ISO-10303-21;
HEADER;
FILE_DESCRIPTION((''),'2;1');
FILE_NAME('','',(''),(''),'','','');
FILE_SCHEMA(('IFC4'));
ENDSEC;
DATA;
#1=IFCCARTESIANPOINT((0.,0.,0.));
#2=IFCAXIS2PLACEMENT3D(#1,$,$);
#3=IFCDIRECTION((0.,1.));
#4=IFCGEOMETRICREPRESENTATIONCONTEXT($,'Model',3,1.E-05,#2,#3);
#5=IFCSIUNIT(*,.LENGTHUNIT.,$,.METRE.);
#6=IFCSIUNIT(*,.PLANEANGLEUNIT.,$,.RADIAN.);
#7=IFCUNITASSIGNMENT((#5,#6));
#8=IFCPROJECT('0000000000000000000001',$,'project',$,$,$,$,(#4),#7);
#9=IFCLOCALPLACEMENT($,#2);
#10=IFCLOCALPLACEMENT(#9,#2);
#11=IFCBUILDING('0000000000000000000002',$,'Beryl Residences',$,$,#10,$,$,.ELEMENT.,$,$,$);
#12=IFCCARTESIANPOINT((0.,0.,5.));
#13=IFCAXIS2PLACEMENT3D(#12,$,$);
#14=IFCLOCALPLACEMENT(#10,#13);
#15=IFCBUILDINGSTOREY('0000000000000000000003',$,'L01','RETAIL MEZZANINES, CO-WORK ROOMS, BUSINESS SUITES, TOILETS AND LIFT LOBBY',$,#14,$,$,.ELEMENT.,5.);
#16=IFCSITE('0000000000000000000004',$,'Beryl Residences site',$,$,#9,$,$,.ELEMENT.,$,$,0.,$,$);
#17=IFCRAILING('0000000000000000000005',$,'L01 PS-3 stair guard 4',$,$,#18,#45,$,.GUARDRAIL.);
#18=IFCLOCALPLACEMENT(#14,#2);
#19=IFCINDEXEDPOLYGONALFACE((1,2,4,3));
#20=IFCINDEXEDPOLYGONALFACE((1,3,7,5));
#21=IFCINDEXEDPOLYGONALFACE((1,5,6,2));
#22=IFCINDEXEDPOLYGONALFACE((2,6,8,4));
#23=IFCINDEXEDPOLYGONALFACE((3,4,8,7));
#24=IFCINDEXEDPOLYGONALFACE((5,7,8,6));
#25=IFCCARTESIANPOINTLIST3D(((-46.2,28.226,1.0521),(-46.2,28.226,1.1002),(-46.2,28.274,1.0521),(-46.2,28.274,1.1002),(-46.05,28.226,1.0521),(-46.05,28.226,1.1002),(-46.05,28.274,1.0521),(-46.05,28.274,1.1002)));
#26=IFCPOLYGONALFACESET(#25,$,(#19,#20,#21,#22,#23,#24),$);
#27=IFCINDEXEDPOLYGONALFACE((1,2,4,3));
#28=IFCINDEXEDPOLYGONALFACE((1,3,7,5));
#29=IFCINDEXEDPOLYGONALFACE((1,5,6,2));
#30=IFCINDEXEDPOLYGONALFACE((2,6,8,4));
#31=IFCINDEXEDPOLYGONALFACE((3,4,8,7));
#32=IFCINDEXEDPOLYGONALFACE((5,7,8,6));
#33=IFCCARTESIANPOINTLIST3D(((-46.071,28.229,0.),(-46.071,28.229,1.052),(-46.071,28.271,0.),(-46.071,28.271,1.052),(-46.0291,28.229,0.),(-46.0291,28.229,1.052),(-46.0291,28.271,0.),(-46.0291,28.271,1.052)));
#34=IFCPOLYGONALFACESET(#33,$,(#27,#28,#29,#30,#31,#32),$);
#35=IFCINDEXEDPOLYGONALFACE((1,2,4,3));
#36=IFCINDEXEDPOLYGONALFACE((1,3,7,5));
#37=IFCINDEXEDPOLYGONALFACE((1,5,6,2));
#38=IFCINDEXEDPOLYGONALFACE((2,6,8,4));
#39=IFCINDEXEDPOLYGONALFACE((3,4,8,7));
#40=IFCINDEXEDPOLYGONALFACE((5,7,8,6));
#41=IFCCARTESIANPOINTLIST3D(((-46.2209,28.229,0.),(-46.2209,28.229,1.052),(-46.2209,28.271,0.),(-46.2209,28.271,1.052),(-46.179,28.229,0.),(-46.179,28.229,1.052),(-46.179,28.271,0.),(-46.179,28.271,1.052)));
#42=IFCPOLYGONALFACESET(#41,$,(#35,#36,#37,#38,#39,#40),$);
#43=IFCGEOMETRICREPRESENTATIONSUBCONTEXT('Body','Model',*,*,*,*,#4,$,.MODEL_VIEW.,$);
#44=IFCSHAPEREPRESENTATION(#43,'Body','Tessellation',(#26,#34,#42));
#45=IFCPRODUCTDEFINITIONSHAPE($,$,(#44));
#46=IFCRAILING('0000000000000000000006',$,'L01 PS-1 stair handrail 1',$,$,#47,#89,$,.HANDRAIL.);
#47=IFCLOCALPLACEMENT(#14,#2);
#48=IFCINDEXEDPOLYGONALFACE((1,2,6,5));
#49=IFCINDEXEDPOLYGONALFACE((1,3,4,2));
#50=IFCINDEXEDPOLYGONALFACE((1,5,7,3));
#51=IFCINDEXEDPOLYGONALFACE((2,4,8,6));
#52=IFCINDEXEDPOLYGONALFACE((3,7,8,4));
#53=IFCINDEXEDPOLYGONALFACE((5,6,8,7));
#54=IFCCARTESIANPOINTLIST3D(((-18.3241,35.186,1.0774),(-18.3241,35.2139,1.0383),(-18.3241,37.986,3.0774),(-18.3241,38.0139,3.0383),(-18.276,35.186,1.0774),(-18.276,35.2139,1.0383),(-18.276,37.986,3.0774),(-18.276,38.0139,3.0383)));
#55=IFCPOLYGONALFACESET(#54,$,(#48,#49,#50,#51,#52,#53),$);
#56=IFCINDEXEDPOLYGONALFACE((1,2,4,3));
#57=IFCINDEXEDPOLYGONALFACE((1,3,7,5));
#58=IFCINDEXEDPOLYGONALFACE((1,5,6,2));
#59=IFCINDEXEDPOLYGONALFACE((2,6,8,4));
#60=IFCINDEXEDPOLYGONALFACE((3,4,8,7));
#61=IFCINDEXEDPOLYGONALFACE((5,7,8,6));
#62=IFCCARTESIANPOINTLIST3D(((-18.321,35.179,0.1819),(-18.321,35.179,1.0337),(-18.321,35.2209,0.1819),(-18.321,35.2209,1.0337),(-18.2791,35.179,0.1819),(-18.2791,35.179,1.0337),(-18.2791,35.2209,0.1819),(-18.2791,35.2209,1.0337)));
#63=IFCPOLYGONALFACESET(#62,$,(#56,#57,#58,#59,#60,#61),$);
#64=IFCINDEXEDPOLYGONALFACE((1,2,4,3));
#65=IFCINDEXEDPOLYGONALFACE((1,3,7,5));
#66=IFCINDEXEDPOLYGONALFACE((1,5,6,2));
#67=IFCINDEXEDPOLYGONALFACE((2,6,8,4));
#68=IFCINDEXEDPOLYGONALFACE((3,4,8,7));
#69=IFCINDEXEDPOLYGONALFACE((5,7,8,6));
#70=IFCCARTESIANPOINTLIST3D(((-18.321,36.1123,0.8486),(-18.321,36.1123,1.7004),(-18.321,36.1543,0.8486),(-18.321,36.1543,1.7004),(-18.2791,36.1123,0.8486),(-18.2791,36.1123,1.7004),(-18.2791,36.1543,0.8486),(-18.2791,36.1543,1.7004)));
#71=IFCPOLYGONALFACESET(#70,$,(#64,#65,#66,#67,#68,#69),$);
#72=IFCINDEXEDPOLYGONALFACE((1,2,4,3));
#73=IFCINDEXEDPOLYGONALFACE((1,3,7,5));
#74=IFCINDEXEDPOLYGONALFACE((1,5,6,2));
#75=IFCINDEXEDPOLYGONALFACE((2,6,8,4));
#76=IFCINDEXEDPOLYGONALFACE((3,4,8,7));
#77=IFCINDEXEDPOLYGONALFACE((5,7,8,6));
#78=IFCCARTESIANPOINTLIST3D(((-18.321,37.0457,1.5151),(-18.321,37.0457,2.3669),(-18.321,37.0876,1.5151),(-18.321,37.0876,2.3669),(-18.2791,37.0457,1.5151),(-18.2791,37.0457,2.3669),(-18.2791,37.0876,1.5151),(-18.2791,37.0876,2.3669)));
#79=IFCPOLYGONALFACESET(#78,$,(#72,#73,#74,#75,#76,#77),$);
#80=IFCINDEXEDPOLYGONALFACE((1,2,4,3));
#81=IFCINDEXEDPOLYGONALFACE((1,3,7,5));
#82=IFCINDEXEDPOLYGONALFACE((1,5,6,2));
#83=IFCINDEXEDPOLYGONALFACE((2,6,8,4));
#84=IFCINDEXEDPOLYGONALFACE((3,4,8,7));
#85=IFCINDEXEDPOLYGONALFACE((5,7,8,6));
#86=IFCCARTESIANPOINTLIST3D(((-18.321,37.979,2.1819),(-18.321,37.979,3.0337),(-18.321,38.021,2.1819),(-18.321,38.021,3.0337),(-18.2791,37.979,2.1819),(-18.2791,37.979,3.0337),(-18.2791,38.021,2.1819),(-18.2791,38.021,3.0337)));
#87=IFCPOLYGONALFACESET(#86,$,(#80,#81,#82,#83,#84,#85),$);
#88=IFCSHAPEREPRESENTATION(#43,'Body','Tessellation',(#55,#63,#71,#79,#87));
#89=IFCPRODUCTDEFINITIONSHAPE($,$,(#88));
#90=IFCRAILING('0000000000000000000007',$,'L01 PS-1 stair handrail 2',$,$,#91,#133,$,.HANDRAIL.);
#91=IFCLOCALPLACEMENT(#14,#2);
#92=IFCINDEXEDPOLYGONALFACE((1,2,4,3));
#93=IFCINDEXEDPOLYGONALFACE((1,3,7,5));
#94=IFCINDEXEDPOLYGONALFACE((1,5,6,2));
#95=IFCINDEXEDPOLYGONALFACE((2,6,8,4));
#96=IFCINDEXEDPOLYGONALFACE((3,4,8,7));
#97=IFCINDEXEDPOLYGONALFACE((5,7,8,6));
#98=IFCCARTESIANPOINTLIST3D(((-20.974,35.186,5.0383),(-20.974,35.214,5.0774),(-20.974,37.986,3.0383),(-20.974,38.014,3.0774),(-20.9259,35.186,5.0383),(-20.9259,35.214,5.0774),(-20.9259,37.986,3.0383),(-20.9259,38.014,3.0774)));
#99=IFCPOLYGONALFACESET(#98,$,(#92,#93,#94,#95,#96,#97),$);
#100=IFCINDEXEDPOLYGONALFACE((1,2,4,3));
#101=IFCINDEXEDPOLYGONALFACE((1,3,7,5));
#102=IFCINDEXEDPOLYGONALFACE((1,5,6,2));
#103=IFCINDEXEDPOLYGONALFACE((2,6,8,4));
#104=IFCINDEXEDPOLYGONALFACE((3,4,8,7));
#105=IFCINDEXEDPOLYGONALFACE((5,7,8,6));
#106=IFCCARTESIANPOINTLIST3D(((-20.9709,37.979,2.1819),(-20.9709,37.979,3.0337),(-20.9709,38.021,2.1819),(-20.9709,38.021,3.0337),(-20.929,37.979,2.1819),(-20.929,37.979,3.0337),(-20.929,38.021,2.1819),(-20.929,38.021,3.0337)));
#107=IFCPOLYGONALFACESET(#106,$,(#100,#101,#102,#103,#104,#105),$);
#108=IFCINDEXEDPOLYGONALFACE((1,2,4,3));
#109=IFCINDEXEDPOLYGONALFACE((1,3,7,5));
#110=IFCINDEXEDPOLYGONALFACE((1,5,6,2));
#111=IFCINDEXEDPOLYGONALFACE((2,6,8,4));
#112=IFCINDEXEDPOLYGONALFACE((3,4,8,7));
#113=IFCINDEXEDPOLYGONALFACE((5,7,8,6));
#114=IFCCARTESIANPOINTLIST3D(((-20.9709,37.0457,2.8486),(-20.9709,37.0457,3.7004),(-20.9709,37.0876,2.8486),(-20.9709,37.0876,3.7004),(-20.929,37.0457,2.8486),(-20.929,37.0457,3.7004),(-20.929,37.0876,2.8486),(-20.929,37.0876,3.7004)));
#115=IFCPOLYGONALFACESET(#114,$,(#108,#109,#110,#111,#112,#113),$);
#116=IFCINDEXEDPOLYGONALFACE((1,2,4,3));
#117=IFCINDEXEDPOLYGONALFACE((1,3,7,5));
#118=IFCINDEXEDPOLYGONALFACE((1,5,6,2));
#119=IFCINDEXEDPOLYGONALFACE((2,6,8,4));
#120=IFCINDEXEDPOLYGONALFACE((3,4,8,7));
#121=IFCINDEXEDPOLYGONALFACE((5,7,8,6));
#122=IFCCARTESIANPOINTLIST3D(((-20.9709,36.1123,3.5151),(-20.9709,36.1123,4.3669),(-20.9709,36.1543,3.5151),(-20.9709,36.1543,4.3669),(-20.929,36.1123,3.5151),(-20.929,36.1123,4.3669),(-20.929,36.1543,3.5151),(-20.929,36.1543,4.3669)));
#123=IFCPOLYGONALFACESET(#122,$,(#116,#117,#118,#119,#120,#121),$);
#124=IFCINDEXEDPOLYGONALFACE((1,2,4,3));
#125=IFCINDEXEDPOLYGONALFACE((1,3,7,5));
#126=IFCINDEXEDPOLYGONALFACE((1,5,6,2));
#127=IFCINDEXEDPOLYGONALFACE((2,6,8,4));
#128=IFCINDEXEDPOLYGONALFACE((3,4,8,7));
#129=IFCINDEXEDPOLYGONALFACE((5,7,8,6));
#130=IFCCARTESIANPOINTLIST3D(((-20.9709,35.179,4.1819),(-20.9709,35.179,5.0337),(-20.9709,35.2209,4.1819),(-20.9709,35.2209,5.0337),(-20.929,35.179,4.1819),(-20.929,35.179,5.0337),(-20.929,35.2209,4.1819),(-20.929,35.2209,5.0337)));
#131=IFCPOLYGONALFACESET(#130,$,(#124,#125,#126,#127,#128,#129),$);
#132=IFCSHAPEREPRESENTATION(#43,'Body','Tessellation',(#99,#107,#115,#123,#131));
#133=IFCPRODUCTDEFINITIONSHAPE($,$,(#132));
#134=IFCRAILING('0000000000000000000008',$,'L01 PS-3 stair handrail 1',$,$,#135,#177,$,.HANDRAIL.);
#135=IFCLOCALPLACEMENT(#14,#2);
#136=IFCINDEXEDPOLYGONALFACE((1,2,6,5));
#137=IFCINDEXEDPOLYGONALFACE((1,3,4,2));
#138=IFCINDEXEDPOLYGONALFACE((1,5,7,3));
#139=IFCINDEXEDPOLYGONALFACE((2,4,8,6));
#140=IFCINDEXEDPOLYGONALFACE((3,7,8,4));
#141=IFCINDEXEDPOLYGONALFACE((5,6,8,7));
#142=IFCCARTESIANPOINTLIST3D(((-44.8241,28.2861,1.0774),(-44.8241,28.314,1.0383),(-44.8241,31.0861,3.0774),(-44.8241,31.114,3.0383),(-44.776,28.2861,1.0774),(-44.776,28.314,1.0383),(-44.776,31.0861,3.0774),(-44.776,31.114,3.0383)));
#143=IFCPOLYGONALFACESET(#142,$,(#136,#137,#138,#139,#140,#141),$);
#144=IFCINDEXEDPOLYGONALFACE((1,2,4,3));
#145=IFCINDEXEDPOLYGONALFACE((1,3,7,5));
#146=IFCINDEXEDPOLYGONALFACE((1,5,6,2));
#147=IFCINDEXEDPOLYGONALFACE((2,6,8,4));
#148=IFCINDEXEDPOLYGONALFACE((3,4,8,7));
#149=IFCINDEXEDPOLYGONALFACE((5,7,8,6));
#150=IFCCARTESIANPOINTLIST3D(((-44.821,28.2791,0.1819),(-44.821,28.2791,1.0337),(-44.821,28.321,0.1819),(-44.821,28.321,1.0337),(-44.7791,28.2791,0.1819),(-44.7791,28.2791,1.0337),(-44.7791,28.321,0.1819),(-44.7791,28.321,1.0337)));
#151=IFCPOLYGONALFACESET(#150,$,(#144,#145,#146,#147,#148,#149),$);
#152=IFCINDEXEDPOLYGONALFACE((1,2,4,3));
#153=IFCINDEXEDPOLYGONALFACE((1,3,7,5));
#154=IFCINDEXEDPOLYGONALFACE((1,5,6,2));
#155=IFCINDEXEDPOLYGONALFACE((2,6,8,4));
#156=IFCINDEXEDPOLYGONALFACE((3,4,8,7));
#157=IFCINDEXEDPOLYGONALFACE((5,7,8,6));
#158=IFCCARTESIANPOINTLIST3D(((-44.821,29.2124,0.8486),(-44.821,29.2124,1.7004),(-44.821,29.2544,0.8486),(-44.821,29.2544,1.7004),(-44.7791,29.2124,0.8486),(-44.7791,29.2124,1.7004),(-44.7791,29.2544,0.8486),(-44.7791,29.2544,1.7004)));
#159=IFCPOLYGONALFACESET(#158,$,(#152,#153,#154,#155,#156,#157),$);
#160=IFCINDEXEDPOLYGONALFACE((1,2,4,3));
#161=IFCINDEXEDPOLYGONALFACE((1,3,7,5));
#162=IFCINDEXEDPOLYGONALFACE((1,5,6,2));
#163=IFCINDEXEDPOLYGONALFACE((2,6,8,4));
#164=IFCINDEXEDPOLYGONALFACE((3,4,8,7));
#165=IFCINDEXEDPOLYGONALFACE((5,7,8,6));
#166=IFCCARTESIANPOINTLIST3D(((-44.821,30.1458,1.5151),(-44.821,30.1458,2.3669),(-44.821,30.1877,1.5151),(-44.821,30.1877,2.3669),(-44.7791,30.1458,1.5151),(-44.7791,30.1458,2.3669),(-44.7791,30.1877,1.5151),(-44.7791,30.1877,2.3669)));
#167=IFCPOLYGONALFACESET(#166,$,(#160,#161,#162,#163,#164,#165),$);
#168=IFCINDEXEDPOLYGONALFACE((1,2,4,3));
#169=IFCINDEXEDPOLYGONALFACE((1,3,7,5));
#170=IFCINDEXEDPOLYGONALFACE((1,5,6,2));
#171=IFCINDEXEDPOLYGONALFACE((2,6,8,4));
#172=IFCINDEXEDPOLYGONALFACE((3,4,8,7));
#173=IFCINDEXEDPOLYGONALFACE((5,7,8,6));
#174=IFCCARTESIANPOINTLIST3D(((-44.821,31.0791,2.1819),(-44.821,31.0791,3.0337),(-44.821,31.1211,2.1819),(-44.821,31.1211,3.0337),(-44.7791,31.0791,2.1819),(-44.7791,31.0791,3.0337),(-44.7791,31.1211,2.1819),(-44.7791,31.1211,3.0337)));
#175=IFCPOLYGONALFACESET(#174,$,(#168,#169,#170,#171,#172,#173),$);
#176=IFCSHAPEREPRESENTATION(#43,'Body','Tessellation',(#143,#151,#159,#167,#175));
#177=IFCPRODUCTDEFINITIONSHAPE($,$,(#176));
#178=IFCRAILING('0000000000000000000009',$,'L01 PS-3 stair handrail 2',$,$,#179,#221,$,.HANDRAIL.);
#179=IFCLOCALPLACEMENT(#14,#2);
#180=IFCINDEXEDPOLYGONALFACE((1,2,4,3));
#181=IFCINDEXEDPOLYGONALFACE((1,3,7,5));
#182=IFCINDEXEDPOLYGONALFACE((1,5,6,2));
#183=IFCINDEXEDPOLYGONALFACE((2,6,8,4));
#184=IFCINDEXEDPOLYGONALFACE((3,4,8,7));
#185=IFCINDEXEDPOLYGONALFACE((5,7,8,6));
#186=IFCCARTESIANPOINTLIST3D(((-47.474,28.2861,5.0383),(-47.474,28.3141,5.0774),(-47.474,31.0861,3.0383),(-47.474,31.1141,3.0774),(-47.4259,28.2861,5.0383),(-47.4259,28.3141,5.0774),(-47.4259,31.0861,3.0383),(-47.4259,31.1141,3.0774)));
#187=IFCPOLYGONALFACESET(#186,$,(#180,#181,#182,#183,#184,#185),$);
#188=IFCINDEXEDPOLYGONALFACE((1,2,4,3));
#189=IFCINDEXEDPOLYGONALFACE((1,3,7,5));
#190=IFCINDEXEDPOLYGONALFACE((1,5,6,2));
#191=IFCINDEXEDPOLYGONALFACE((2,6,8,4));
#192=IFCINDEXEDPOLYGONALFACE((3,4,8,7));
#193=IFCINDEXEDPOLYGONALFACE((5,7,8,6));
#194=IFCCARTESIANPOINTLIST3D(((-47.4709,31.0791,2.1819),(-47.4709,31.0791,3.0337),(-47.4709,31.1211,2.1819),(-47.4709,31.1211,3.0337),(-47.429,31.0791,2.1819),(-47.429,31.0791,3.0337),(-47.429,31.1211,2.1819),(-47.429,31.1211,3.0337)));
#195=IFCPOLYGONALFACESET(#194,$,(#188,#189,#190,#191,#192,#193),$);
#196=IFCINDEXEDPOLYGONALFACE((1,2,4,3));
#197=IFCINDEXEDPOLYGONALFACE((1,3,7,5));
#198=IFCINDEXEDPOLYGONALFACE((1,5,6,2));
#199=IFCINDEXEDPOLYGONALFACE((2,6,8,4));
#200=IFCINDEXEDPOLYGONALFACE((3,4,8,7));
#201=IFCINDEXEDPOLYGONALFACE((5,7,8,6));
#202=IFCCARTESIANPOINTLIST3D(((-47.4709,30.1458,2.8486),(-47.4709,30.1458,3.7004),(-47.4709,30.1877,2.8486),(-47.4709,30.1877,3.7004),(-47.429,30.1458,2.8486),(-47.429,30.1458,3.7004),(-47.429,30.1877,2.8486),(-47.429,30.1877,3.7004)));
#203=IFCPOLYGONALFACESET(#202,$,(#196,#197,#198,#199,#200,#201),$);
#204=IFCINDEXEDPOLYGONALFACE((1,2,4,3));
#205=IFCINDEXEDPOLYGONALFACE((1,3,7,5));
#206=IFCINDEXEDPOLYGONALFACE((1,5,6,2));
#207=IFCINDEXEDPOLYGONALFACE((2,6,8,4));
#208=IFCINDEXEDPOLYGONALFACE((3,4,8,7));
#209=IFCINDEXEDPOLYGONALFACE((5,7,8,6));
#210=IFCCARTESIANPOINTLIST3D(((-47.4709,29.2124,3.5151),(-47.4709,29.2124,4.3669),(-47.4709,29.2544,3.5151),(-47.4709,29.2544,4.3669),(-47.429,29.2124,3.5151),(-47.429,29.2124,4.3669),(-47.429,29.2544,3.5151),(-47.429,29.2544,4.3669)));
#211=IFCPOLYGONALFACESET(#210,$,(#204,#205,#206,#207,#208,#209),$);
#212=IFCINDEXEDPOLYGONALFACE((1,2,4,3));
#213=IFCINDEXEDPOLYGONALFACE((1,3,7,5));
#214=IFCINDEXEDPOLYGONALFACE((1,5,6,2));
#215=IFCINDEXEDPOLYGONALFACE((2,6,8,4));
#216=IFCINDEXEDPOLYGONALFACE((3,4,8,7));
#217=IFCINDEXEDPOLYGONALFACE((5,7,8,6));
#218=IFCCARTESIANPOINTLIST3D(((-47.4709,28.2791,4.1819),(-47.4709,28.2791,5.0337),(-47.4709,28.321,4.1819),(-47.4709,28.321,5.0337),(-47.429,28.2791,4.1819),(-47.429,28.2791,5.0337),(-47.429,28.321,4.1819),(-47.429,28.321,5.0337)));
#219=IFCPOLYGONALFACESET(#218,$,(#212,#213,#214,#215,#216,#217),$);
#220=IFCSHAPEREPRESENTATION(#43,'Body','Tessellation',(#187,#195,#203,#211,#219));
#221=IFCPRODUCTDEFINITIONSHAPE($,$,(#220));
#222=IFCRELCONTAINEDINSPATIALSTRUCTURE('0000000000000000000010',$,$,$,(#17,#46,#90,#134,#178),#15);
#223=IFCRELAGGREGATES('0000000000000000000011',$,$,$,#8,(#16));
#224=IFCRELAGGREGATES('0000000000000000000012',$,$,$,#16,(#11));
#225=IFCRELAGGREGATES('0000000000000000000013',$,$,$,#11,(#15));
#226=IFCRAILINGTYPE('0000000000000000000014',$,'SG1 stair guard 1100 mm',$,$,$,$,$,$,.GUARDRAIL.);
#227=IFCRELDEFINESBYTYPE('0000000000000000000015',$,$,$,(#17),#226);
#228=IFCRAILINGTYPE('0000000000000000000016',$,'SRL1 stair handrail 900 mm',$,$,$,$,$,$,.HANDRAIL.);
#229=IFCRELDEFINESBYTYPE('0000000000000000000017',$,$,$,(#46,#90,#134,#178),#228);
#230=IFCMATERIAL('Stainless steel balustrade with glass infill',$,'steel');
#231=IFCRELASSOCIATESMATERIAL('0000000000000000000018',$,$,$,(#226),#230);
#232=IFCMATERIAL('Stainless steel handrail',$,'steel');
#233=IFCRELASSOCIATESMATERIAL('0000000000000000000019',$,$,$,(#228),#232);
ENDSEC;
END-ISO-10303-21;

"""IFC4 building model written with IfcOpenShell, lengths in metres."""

from ifc_helpers import new_model, si_unit, direction, frame, origin, origin_2d, place, context, subcontext, project, spatial, rectangle, extrude, material, type_object, element, save


model = new_model("IFC4")

# Units and contexts
model_context = context("Model", 3, precision=1e-05, world=origin(), true_north=direction((0.0, 1.0)))
body_context = subcontext(model_context, "Body", "Model", "MODEL_VIEW")
ifc_project = project(units=[si_unit("LENGTHUNIT", "METRE"), si_unit("PLANEANGLEUNIT", "RADIAN")], contexts=[model_context])

# Site, building, storey
site_placement = place(None, origin())
site = spatial("IfcSite", under=ifc_project, at=site_placement, Name="Beryl Residences site", CompositionType="ELEMENT", RefElevation=0.0)
building_placement = place(site_placement, origin())
building = spatial("IfcBuilding", under=site, at=building_placement, Name="Beryl Residences", CompositionType="ELEMENT")
storey_placement = place(building_placement, frame((0.0, 0.0, 5.0)))
storey = spatial("IfcBuildingStorey", under=building, at=storey_placement, Name="L01", Description="RETAIL MEZZANINES, CO-WORK ROOMS, BUSINESS SUITES, TOILETS AND LIFT LOBBY", CompositionType="ELEMENT", Elevation=5.0)

# Railings
ifc_material_1 = material(Name="Stainless steel balustrade with glass infill", Category="steel")
railing_type_1 = type_object("IfcRailingType", Name="SG1 stair guard 1100 mm", PredefinedType="GUARDRAIL", material=ifc_material_1)
railing_1_placement = place(storey_placement, frame((-46.05, 28.25, 0.0)))
element("IfcRailing", 1, at=railing_1_placement, inside=storey, type_object=railing_type_1, Name="L01 PS-3 stair guard 4", PredefinedType="GUARDRAIL", context=body_context, shape_type="SweptSolid", body=[
    extrude(rectangle(XDim=0.0481, YDim=0.0481, at=origin_2d()), frame((0.0, 0.0, 1.0762), z_axis=(-1.0, 0.0, 0.0), x_axis=(0.0, -1.0, 0.0)), (0.0, 0.0, 1.0), 0.1499),
    extrude(rectangle(XDim=0.042, YDim=0.042, at=origin_2d()), origin(), (0.0, 0.0, 1.0), 1.052),
    extrude(rectangle(XDim=0.042, YDim=0.042, at=origin_2d()), frame((-0.1499, 0.0, 0.0)), (0.0, 0.0, 1.0), 1.052),
])
ifc_material_2 = material(Name="Stainless steel handrail", Category="steel")
railing_type_2 = type_object("IfcRailingType", Name="SRL1 stair handrail 900 mm", PredefinedType="HANDRAIL", material=ifc_material_2)
railing_2_placement = place(storey_placement, frame((-18.3, 35.2, 0.1819)))
element("IfcRailing", 2, at=railing_2_placement, inside=storey, type_object=railing_type_2, Name="L01 PS-1 stair handrail 1", PredefinedType="HANDRAIL", context=body_context, shape_type="SweptSolid", body=[
    extrude(rectangle(XDim=0.0481, YDim=0.0481, at=origin_2d()), frame((0.0, 0.0, 0.876), z_axis=(0.0, 0.813738, 0.581231), x_axis=(-1.0, 0.0, 0.0)), (0.0, 0.0, 1.0), 3.4409),
    extrude(rectangle(XDim=0.042, YDim=0.042, at=origin_2d()), origin(), (0.0, 0.0, 1.0), 0.8518),
    extrude(rectangle(XDim=0.042, YDim=0.042, at=origin_2d()), frame((0.0, 0.9333, 0.6667)), (0.0, 0.0, 1.0), 0.8518),
    extrude(rectangle(XDim=0.042, YDim=0.042, at=origin_2d()), frame((0.0, 1.8667, 1.3333)), (0.0, 0.0, 1.0), 0.8518),
    extrude(rectangle(XDim=0.042, YDim=0.042, at=origin_2d()), frame((0.0, 2.8, 2.0)), (0.0, 0.0, 1.0), 0.8518),
])
railing_3_placement = place(storey_placement, frame((-20.95, 38.0, 2.1819)))
element("IfcRailing", 3, at=railing_3_placement, inside=storey, type_object=railing_type_2, Name="L01 PS-1 stair handrail 2", PredefinedType="HANDRAIL", context=body_context, shape_type="SweptSolid", body=[
    extrude(rectangle(XDim=0.0481, YDim=0.0481, at=origin_2d()), frame((0.0, 0.0, 0.876), z_axis=(0.0, -0.813738, 0.581231), x_axis=(1.0, 0.0, 0.0)), (0.0, 0.0, 1.0), 3.4409),
    extrude(rectangle(XDim=0.042, YDim=0.042, at=origin_2d()), origin(), (0.0, 0.0, 1.0), 0.8518),
    extrude(rectangle(XDim=0.042, YDim=0.042, at=origin_2d()), frame((0.0, -0.9333, 0.6667)), (0.0, 0.0, 1.0), 0.8518),
    extrude(rectangle(XDim=0.042, YDim=0.042, at=origin_2d()), frame((0.0, -1.8667, 1.3333)), (0.0, 0.0, 1.0), 0.8518),
    extrude(rectangle(XDim=0.042, YDim=0.042, at=origin_2d()), frame((0.0, -2.8, 2.0)), (0.0, 0.0, 1.0), 0.8518),
])
railing_4_placement = place(storey_placement, frame((-44.8, 28.3, 0.1819)))
element("IfcRailing", 4, at=railing_4_placement, inside=storey, type_object=railing_type_2, Name="L01 PS-3 stair handrail 1", PredefinedType="HANDRAIL", context=body_context, shape_type="SweptSolid", body=[
    extrude(rectangle(XDim=0.0481, YDim=0.0481, at=origin_2d()), frame((0.0, 0.0, 0.876), z_axis=(0.0, 0.813738, 0.581231), x_axis=(-1.0, 0.0, 0.0)), (0.0, 0.0, 1.0), 3.4409),
    extrude(rectangle(XDim=0.042, YDim=0.042, at=origin_2d()), origin(), (0.0, 0.0, 1.0), 0.8518),
    extrude(rectangle(XDim=0.042, YDim=0.042, at=origin_2d()), frame((0.0, 0.9333, 0.6667)), (0.0, 0.0, 1.0), 0.8518),
    extrude(rectangle(XDim=0.042, YDim=0.042, at=origin_2d()), frame((0.0, 1.8667, 1.3333)), (0.0, 0.0, 1.0), 0.8518),
    extrude(rectangle(XDim=0.042, YDim=0.042, at=origin_2d()), frame((0.0, 2.8, 2.0)), (0.0, 0.0, 1.0), 0.8518),
])
railing_5_placement = place(storey_placement, frame((-47.45, 31.1001, 2.1819)))
element("IfcRailing", 5, at=railing_5_placement, inside=storey, type_object=railing_type_2, Name="L01 PS-3 stair handrail 2", PredefinedType="HANDRAIL", context=body_context, shape_type="SweptSolid", body=[
    extrude(rectangle(XDim=0.0481, YDim=0.0481, at=origin_2d()), frame((0.0, 0.0, 0.876), z_axis=(0.0, -0.813738, 0.581231), x_axis=(1.0, 0.0, 0.0)), (0.0, 0.0, 1.0), 3.4409),
    extrude(rectangle(XDim=0.042, YDim=0.042, at=origin_2d()), origin(), (0.0, 0.0, 1.0), 0.8518),
    extrude(rectangle(XDim=0.042, YDim=0.042, at=origin_2d()), frame((0.0, -0.9333, 0.6667)), (0.0, 0.0, 1.0), 0.8518),
    extrude(rectangle(XDim=0.042, YDim=0.042, at=origin_2d()), frame((0.0, -1.8667, 1.3333)), (0.0, 0.0, 1.0), 0.8518),
    extrude(rectangle(XDim=0.042, YDim=0.042, at=origin_2d()), frame((0.0, -2.8, 2.0)), (0.0, 0.0, 1.0), 0.8518),
])

save(model, "model.ifc")
